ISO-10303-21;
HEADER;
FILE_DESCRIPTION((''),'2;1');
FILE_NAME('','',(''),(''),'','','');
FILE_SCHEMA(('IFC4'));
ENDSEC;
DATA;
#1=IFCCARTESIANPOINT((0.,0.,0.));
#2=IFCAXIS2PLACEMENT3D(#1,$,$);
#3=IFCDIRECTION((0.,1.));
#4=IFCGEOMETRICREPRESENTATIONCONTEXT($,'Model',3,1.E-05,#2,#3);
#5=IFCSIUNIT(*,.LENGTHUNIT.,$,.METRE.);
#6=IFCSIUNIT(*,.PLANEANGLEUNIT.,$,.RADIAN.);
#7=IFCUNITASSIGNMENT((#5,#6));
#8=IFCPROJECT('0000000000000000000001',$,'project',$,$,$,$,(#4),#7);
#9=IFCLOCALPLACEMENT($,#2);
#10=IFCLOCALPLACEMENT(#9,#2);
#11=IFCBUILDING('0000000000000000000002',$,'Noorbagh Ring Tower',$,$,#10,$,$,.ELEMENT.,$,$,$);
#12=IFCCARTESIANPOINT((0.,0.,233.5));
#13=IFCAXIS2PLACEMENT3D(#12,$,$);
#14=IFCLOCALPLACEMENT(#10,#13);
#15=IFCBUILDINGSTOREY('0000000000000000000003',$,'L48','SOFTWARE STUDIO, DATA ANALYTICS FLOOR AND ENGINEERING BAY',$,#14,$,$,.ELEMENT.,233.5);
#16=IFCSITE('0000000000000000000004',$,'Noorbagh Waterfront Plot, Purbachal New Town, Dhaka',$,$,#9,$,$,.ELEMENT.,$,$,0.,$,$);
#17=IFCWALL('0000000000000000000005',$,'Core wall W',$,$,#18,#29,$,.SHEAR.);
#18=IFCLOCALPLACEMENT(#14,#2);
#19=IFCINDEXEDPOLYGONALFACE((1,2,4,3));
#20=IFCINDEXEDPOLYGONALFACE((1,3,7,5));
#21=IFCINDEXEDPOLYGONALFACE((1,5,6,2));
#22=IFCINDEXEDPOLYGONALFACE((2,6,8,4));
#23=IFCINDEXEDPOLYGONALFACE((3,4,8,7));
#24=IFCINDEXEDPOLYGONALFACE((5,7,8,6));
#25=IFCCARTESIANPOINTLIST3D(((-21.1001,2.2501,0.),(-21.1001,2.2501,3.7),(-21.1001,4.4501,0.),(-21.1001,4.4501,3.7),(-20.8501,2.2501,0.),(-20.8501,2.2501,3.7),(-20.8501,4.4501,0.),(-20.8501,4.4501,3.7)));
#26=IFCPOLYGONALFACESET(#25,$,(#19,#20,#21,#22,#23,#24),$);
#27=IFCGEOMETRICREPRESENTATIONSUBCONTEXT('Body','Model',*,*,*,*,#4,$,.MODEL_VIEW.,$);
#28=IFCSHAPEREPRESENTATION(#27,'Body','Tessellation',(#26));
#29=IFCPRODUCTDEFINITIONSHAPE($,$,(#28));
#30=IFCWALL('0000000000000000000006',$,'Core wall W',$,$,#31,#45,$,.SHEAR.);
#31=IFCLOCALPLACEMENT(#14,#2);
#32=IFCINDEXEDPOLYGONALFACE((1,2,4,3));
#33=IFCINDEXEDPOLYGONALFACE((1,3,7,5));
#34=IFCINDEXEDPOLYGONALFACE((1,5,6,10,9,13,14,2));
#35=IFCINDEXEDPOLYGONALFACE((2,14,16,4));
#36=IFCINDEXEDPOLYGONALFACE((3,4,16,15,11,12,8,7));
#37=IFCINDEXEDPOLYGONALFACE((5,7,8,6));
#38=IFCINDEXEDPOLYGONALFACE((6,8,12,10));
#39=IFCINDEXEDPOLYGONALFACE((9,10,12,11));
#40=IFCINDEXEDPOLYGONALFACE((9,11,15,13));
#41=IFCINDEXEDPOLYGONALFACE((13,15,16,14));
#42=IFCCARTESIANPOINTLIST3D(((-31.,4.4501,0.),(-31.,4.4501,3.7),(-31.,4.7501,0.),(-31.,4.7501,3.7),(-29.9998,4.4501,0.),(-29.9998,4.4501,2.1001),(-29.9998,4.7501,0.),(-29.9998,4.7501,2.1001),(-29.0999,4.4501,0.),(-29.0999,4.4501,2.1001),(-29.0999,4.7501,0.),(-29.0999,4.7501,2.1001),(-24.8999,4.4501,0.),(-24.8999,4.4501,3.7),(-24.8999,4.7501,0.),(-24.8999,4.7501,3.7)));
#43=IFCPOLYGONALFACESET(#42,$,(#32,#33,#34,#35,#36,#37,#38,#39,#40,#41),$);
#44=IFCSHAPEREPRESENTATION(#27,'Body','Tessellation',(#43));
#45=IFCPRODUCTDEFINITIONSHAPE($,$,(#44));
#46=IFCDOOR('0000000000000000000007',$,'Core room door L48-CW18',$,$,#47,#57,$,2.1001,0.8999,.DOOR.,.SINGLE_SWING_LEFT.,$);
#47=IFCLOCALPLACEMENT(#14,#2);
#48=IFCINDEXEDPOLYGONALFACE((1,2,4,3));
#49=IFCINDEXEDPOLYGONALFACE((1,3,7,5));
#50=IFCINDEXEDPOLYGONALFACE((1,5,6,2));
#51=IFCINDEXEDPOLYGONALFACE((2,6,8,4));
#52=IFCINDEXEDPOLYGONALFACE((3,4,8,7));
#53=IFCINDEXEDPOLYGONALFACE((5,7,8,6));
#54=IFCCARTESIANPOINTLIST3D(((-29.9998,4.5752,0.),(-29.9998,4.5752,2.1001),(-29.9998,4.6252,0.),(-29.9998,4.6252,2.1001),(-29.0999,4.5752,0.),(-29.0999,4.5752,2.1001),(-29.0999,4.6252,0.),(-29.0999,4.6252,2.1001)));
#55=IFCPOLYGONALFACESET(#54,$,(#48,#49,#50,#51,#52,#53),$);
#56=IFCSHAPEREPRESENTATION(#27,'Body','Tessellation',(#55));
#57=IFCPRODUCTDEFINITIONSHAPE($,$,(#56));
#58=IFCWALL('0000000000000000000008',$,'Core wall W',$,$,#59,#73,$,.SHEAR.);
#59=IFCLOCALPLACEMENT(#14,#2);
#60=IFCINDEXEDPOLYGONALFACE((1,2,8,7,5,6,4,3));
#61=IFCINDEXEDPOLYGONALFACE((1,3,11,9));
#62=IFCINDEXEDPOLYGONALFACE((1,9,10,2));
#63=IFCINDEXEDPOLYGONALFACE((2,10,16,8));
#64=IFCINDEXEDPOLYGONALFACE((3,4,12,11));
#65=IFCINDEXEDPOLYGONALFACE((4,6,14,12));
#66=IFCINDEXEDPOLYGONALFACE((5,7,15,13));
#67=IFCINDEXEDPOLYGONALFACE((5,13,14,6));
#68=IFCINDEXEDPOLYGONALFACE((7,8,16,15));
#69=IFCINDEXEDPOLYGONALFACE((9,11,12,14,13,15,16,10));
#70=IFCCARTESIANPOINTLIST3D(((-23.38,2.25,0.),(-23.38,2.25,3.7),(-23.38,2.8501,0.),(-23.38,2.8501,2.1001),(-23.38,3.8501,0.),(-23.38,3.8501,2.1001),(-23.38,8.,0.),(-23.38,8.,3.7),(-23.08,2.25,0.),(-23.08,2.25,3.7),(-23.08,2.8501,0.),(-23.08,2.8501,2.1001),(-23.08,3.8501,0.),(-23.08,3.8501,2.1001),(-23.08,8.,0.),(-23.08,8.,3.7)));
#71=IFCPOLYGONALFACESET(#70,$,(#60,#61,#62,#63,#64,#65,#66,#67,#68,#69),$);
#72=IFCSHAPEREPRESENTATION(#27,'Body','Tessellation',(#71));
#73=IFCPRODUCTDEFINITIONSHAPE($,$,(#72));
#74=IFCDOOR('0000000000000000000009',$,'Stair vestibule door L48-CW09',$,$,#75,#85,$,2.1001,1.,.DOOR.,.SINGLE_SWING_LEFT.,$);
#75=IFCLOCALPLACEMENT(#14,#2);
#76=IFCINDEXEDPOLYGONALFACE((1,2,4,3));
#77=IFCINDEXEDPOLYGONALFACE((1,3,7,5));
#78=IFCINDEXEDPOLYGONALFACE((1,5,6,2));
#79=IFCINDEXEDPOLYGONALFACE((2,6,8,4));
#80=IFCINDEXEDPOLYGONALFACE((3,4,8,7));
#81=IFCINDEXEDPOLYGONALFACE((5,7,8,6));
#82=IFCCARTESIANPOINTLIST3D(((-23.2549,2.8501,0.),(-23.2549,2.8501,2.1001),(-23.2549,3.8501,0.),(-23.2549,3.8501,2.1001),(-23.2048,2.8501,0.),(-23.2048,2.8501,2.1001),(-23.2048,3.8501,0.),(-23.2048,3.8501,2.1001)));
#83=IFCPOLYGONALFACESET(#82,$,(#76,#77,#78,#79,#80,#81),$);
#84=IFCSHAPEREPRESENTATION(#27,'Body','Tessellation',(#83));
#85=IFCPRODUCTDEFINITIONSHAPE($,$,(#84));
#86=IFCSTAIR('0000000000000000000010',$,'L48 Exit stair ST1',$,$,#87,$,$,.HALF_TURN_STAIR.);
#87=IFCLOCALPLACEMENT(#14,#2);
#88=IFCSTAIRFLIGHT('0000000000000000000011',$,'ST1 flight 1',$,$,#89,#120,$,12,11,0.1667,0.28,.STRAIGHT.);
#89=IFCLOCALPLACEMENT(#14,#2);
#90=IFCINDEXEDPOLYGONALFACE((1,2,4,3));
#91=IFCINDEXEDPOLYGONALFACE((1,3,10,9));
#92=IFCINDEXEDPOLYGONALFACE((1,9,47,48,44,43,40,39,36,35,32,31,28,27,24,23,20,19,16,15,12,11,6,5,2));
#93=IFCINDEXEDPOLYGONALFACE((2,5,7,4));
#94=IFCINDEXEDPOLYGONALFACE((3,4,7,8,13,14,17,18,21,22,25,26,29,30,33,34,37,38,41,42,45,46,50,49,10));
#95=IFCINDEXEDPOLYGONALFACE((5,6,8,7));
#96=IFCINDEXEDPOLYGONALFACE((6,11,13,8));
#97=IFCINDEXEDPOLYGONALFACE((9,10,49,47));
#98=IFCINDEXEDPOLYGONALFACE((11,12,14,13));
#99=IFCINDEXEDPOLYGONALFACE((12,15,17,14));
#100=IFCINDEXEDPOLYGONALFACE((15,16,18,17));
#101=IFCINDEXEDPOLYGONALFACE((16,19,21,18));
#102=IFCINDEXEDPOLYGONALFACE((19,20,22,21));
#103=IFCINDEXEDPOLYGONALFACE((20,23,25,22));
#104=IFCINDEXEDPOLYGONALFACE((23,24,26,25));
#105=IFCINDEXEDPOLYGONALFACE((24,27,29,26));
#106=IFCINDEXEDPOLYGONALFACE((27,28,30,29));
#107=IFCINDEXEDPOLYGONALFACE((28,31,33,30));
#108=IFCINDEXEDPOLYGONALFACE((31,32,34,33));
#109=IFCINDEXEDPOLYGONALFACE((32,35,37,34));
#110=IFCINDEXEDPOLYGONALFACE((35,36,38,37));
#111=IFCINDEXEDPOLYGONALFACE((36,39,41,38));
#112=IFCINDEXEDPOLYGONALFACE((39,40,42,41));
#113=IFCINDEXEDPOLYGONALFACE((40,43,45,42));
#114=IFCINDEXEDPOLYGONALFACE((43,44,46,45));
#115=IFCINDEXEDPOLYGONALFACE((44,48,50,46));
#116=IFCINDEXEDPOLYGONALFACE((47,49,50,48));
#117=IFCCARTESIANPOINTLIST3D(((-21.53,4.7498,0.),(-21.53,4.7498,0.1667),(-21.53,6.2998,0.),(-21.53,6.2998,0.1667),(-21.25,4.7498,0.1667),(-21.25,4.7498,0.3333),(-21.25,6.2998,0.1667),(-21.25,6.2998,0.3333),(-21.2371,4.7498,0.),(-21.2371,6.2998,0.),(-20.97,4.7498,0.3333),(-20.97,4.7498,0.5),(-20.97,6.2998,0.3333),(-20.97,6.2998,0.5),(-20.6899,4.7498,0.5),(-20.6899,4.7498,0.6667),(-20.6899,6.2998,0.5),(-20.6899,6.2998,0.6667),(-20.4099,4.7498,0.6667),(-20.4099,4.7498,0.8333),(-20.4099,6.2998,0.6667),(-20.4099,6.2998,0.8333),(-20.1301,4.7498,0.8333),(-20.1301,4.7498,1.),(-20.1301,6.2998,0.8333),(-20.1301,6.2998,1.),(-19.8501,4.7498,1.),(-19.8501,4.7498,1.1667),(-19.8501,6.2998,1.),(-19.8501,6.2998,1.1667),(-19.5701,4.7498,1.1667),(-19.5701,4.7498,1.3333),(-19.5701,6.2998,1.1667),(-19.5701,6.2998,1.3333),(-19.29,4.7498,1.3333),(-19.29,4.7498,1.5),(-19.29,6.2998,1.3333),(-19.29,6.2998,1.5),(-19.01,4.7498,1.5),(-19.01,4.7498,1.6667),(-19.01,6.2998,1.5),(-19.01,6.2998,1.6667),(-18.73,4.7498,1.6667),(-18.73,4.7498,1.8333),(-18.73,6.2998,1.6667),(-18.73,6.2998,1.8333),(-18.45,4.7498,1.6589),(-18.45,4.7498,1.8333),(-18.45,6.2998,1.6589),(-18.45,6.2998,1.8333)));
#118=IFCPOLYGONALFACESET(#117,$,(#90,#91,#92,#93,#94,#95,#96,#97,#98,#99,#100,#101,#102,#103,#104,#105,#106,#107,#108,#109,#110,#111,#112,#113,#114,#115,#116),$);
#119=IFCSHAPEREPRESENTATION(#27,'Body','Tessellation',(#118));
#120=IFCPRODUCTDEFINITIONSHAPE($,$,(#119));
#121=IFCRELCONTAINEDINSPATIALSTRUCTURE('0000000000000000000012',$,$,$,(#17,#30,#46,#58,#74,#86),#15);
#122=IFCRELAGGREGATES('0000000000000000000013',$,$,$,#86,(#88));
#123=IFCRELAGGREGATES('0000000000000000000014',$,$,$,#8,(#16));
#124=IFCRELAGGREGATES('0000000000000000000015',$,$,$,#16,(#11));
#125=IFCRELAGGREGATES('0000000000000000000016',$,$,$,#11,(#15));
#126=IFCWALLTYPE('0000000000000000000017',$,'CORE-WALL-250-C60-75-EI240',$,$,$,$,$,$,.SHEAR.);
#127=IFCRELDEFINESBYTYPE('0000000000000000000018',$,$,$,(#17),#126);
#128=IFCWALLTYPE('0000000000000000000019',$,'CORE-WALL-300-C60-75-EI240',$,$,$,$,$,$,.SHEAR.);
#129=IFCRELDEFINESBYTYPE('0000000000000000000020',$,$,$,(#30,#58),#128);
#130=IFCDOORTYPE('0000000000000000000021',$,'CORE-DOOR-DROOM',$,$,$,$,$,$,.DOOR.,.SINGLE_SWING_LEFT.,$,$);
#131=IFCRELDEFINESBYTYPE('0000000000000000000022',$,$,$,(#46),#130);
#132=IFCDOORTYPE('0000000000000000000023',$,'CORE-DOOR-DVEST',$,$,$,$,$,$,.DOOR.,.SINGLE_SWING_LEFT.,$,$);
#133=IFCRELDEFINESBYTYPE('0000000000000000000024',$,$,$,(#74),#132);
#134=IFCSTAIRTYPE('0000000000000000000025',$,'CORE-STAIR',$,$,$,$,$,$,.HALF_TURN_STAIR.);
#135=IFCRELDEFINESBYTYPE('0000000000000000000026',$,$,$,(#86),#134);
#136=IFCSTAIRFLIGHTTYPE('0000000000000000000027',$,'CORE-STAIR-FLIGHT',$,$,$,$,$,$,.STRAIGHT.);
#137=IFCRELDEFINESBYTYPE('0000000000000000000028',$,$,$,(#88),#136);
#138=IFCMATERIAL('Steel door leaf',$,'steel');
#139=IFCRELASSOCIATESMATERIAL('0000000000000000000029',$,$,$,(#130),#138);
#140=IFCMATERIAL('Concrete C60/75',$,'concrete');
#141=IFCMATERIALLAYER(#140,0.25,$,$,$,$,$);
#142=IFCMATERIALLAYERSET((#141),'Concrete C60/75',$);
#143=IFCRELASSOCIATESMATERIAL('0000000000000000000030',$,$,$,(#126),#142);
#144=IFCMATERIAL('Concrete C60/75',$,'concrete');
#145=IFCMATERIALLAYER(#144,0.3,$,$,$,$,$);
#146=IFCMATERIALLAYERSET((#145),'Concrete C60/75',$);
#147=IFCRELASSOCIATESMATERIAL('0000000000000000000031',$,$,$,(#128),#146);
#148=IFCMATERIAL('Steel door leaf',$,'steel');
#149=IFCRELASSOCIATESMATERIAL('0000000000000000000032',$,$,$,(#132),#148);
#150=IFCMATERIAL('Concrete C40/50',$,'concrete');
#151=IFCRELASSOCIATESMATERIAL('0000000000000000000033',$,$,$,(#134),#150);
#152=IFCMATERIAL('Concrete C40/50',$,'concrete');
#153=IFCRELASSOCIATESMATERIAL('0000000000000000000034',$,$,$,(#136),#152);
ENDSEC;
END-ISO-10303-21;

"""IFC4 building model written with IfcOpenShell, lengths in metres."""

from ifc_helpers import new_model, si_unit, direction, frame, frame_2d, origin, place, context, subcontext, project, spatial, polyline, rectangle, outline, extrude, material, layer, layer_set, type_object, element, fill, aggregate, save


model = new_model("IFC4")

# Units and contexts
model_context = context("Model", 3, precision=1e-05, world=origin(), true_north=direction((0.0, 1.0)))
body_context = subcontext(model_context, "Body", "Model", "MODEL_VIEW")
ifc_project = project(units=[si_unit("LENGTHUNIT", "METRE"), si_unit("PLANEANGLEUNIT", "RADIAN")], contexts=[model_context])

# Site, building, storey
site_placement = place(None, origin())
site = spatial("IfcSite", under=ifc_project, at=site_placement, Name="Noorbagh Waterfront Plot, Purbachal New Town, Dhaka", CompositionType="ELEMENT", RefElevation=0.0)
building_placement = place(site_placement, origin())
building = spatial("IfcBuilding", under=site, at=building_placement, Name="Noorbagh Ring Tower", CompositionType="ELEMENT")
storey_placement = place(building_placement, frame((0.0, 0.0, 233.5)))
storey = spatial("IfcBuildingStorey", under=building, at=storey_placement, Name="L48", Description="SOFTWARE STUDIO, DATA ANALYTICS FLOOR AND ENGINEERING BAY", CompositionType="ELEMENT", Elevation=233.5)

# Shared definitions
ifc_material_1 = material(Name="Steel door leaf", Category="steel")
door_type_1 = type_object("IfcDoorType", Name="CORE-DOOR-DROOM", OperationType="SINGLE_SWING_LEFT", PredefinedType="DOOR", material=ifc_material_1)

# Wall
ifc_material_2 = material(Name="Concrete C60/75", Category="concrete")
ifc_layer_1 = layer(ifc_material_2, 0.25)
ifc_layer_set_1 = layer_set([ifc_layer_1], Name="Concrete C60/75")
wall_type_1 = type_object("IfcWallType", Name="CORE-WALL-250-C60-75-EI240", PredefinedType="SHEAR", material=ifc_layer_set_1)
wall_1_placement = place(storey_placement, frame((-20.9751, 2.25, 0.0), z_axis=(0.0, 0.0, 1.0), x_axis=(0.0, 1.0, 0.0)))
element("IfcWall", 1, at=wall_1_placement, inside=storey, type_object=wall_type_1, Name="Core wall W", PredefinedType="SHEAR", context=body_context, shape_type="SweptSolid", body=[
    extrude(rectangle(XDim=2.2, YDim=0.25, at=frame_2d((1.1001, 0.0))), origin(), (0.0, 0.0, 1.0), 3.7),
])

# Walls, openings, doors
ifc_material_3 = material(Name="Concrete C60/75", Category="concrete")
ifc_layer_2 = layer(ifc_material_3, 0.3)
ifc_layer_set_2 = layer_set([ifc_layer_2], Name="Concrete C60/75")
wall_type_2 = type_object("IfcWallType", Name="CORE-WALL-300-C60-75-EI240", PredefinedType="SHEAR", material=ifc_layer_set_2)
wall_2_placement = place(storey_placement, frame((-24.8999, 4.6001, 0.0), z_axis=(0.0, 0.0, 1.0), x_axis=(-1.0, 0.0, 0.0)))
wall_2 = element("IfcWall", 2, at=wall_2_placement, inside=storey, type_object=wall_type_2, Name="Core wall W", PredefinedType="SHEAR", context=body_context, shape_type="SweptSolid", body=[
    extrude(rectangle(XDim=6.1001, YDim=0.3, at=frame_2d((3.05, 0.0))), origin(), (0.0, 0.0, 1.0), 3.7),
])
opening_1_placement = place(wall_2_placement, frame((4.2, 0.0, 0.0)))
opening_1 = element("IfcOpeningElement", 3, at=opening_1_placement, cuts=wall_2, PredefinedType="OPENING", context=body_context, shape_type="SweptSolid", body=[
    extrude(rectangle(XDim=0.8999, YDim=2.1001, at=frame_2d((0.45, 1.05))), frame((0.0, 0.1602, 0.0), z_axis=(0.0, -1.0, 0.0), x_axis=(1.0, 0.0, 0.0)), (0.0, 0.0, 1.0), 0.3201),
])
door_1_placement = place(opening_1_placement, origin())
door_1 = element("IfcDoor", 4, at=door_1_placement, inside=storey, type_object=door_type_1, Name="Core room door L48-CW18", OperationType="SINGLE_SWING_LEFT", OverallHeight=2.1001, OverallWidth=0.8999, PredefinedType="DOOR", context=body_context, shape_type="SweptSolid", body=[
    extrude(rectangle(XDim=0.8999, YDim=2.1001, at=frame_2d((0.45, 1.05))), frame((0.0, 0.0249, 0.0), z_axis=(0.0, -1.0, 0.0), x_axis=(1.0, 0.0, 0.0)), (0.0, 0.0, 1.0), 0.05),
])
fill(opening_1, door_1)
wall_3_placement = place(storey_placement, frame((-23.23, 2.25, 0.0), z_axis=(0.0, 0.0, 1.0), x_axis=(0.0, 1.0, 0.0)))
wall_3 = element("IfcWall", 5, at=wall_3_placement, inside=storey, type_object=wall_type_2, Name="Core wall W", PredefinedType="SHEAR", context=body_context, shape_type="SweptSolid", body=[
    extrude(rectangle(XDim=5.75, YDim=0.3, at=frame_2d((2.875, 0.0))), origin(), (0.0, 0.0, 1.0), 3.7),
])
opening_2_placement = place(wall_3_placement, frame((0.6001, 0.0, 0.0)))
opening_2 = element("IfcOpeningElement", 6, at=opening_2_placement, cuts=wall_3, PredefinedType="OPENING", context=body_context, shape_type="SweptSolid", body=[
    extrude(rectangle(XDim=1.0, YDim=2.1001, at=frame_2d((0.5, 1.05))), frame((0.0, 0.1602, 0.0), z_axis=(0.0, -1.0, 0.0), x_axis=(1.0, 0.0, 0.0)), (0.0, 0.0, 1.0), 0.3201),
])
ifc_material_4 = material(Name="Steel door leaf", Category="steel")
door_type_2 = type_object("IfcDoorType", Name="CORE-DOOR-DVEST", OperationType="SINGLE_SWING_LEFT", PredefinedType="DOOR", material=ifc_material_4)
door_2_placement = place(opening_2_placement, origin())
door_2 = element("IfcDoor", 7, at=door_2_placement, inside=storey, type_object=door_type_2, Name="Stair vestibule door L48-CW09", OperationType="SINGLE_SWING_LEFT", OverallHeight=2.1001, OverallWidth=1.0, PredefinedType="DOOR", context=body_context, shape_type="SweptSolid", body=[
    extrude(rectangle(XDim=1.0, YDim=2.1001, at=frame_2d((0.5, 1.05))), frame((0.0, 0.0249, 0.0), z_axis=(0.0, -1.0, 0.0), x_axis=(1.0, 0.0, 0.0)), (0.0, 0.0, 1.0), 0.05),
])
fill(opening_2, door_2)

# Stair, stair flight
ifc_material_5 = material(Name="Concrete C40/50", Category="concrete")
stair_type = type_object("IfcStairType", Name="CORE-STAIR", PredefinedType="HALF_TURN_STAIR", material=ifc_material_5)
stair_placement = place(storey_placement, origin())
stair = element("IfcStair", 8, at=stair_placement, inside=storey, type_object=stair_type, Name="L48 Exit stair ST1", PredefinedType="HALF_TURN_STAIR")
ifc_material_6 = material(Name="Concrete C40/50", Category="concrete")
stair_flight_type = type_object("IfcStairFlightType", Name="CORE-STAIR-FLIGHT", PredefinedType="STRAIGHT", material=ifc_material_6)
stair_flight_placement = place(storey_placement, frame((-21.53, 5.5249, 0.0), z_axis=(0.0, 0.0, 1.0), x_axis=(1.0, 0.0, 0.0)))
stair_flight = element("IfcStairFlight", 9, at=stair_flight_placement, type_object=stair_flight_type, Name="ST1 flight 1", NumberOfRisers=12, NumberOfTreads=11, PredefinedType="STRAIGHT", RiserHeight=0.1667, TreadLength=0.28, context=body_context, shape_type="SweptSolid", body=[
    extrude(outline(polyline([(0.0, 0.0), (0.0, 0.1667), (0.28, 0.1667), (0.28, 0.3333), (0.5601, 0.3333), (0.5601, 0.5), (0.8401, 0.5), (0.8401, 0.6667), (1.1201, 0.6667), (1.1201, 0.8333), (1.3999, 0.8333), (1.3999, 1.0), (1.6799, 1.0), (1.6799, 1.1667), (1.96, 1.1667), (1.96, 1.3333), (2.24, 1.3333), (2.24, 1.5), (2.52, 1.5), (2.52, 1.6667), (2.8, 1.6667), (2.8, 1.8333), (3.0801, 1.8333), (3.0801, 2.0), (3.0801, 1.6589), (0.293, 0.0), (0.0, 0.0)])), frame((0.0, 0.7749, 0.0), z_axis=(0.0, -1.0, 0.0), x_axis=(1.0, 0.0, 0.0)), (0.0, 0.0, 1.0), 1.55),
])
aggregate(stair, [stair_flight])

save(model, "model.ifc")
